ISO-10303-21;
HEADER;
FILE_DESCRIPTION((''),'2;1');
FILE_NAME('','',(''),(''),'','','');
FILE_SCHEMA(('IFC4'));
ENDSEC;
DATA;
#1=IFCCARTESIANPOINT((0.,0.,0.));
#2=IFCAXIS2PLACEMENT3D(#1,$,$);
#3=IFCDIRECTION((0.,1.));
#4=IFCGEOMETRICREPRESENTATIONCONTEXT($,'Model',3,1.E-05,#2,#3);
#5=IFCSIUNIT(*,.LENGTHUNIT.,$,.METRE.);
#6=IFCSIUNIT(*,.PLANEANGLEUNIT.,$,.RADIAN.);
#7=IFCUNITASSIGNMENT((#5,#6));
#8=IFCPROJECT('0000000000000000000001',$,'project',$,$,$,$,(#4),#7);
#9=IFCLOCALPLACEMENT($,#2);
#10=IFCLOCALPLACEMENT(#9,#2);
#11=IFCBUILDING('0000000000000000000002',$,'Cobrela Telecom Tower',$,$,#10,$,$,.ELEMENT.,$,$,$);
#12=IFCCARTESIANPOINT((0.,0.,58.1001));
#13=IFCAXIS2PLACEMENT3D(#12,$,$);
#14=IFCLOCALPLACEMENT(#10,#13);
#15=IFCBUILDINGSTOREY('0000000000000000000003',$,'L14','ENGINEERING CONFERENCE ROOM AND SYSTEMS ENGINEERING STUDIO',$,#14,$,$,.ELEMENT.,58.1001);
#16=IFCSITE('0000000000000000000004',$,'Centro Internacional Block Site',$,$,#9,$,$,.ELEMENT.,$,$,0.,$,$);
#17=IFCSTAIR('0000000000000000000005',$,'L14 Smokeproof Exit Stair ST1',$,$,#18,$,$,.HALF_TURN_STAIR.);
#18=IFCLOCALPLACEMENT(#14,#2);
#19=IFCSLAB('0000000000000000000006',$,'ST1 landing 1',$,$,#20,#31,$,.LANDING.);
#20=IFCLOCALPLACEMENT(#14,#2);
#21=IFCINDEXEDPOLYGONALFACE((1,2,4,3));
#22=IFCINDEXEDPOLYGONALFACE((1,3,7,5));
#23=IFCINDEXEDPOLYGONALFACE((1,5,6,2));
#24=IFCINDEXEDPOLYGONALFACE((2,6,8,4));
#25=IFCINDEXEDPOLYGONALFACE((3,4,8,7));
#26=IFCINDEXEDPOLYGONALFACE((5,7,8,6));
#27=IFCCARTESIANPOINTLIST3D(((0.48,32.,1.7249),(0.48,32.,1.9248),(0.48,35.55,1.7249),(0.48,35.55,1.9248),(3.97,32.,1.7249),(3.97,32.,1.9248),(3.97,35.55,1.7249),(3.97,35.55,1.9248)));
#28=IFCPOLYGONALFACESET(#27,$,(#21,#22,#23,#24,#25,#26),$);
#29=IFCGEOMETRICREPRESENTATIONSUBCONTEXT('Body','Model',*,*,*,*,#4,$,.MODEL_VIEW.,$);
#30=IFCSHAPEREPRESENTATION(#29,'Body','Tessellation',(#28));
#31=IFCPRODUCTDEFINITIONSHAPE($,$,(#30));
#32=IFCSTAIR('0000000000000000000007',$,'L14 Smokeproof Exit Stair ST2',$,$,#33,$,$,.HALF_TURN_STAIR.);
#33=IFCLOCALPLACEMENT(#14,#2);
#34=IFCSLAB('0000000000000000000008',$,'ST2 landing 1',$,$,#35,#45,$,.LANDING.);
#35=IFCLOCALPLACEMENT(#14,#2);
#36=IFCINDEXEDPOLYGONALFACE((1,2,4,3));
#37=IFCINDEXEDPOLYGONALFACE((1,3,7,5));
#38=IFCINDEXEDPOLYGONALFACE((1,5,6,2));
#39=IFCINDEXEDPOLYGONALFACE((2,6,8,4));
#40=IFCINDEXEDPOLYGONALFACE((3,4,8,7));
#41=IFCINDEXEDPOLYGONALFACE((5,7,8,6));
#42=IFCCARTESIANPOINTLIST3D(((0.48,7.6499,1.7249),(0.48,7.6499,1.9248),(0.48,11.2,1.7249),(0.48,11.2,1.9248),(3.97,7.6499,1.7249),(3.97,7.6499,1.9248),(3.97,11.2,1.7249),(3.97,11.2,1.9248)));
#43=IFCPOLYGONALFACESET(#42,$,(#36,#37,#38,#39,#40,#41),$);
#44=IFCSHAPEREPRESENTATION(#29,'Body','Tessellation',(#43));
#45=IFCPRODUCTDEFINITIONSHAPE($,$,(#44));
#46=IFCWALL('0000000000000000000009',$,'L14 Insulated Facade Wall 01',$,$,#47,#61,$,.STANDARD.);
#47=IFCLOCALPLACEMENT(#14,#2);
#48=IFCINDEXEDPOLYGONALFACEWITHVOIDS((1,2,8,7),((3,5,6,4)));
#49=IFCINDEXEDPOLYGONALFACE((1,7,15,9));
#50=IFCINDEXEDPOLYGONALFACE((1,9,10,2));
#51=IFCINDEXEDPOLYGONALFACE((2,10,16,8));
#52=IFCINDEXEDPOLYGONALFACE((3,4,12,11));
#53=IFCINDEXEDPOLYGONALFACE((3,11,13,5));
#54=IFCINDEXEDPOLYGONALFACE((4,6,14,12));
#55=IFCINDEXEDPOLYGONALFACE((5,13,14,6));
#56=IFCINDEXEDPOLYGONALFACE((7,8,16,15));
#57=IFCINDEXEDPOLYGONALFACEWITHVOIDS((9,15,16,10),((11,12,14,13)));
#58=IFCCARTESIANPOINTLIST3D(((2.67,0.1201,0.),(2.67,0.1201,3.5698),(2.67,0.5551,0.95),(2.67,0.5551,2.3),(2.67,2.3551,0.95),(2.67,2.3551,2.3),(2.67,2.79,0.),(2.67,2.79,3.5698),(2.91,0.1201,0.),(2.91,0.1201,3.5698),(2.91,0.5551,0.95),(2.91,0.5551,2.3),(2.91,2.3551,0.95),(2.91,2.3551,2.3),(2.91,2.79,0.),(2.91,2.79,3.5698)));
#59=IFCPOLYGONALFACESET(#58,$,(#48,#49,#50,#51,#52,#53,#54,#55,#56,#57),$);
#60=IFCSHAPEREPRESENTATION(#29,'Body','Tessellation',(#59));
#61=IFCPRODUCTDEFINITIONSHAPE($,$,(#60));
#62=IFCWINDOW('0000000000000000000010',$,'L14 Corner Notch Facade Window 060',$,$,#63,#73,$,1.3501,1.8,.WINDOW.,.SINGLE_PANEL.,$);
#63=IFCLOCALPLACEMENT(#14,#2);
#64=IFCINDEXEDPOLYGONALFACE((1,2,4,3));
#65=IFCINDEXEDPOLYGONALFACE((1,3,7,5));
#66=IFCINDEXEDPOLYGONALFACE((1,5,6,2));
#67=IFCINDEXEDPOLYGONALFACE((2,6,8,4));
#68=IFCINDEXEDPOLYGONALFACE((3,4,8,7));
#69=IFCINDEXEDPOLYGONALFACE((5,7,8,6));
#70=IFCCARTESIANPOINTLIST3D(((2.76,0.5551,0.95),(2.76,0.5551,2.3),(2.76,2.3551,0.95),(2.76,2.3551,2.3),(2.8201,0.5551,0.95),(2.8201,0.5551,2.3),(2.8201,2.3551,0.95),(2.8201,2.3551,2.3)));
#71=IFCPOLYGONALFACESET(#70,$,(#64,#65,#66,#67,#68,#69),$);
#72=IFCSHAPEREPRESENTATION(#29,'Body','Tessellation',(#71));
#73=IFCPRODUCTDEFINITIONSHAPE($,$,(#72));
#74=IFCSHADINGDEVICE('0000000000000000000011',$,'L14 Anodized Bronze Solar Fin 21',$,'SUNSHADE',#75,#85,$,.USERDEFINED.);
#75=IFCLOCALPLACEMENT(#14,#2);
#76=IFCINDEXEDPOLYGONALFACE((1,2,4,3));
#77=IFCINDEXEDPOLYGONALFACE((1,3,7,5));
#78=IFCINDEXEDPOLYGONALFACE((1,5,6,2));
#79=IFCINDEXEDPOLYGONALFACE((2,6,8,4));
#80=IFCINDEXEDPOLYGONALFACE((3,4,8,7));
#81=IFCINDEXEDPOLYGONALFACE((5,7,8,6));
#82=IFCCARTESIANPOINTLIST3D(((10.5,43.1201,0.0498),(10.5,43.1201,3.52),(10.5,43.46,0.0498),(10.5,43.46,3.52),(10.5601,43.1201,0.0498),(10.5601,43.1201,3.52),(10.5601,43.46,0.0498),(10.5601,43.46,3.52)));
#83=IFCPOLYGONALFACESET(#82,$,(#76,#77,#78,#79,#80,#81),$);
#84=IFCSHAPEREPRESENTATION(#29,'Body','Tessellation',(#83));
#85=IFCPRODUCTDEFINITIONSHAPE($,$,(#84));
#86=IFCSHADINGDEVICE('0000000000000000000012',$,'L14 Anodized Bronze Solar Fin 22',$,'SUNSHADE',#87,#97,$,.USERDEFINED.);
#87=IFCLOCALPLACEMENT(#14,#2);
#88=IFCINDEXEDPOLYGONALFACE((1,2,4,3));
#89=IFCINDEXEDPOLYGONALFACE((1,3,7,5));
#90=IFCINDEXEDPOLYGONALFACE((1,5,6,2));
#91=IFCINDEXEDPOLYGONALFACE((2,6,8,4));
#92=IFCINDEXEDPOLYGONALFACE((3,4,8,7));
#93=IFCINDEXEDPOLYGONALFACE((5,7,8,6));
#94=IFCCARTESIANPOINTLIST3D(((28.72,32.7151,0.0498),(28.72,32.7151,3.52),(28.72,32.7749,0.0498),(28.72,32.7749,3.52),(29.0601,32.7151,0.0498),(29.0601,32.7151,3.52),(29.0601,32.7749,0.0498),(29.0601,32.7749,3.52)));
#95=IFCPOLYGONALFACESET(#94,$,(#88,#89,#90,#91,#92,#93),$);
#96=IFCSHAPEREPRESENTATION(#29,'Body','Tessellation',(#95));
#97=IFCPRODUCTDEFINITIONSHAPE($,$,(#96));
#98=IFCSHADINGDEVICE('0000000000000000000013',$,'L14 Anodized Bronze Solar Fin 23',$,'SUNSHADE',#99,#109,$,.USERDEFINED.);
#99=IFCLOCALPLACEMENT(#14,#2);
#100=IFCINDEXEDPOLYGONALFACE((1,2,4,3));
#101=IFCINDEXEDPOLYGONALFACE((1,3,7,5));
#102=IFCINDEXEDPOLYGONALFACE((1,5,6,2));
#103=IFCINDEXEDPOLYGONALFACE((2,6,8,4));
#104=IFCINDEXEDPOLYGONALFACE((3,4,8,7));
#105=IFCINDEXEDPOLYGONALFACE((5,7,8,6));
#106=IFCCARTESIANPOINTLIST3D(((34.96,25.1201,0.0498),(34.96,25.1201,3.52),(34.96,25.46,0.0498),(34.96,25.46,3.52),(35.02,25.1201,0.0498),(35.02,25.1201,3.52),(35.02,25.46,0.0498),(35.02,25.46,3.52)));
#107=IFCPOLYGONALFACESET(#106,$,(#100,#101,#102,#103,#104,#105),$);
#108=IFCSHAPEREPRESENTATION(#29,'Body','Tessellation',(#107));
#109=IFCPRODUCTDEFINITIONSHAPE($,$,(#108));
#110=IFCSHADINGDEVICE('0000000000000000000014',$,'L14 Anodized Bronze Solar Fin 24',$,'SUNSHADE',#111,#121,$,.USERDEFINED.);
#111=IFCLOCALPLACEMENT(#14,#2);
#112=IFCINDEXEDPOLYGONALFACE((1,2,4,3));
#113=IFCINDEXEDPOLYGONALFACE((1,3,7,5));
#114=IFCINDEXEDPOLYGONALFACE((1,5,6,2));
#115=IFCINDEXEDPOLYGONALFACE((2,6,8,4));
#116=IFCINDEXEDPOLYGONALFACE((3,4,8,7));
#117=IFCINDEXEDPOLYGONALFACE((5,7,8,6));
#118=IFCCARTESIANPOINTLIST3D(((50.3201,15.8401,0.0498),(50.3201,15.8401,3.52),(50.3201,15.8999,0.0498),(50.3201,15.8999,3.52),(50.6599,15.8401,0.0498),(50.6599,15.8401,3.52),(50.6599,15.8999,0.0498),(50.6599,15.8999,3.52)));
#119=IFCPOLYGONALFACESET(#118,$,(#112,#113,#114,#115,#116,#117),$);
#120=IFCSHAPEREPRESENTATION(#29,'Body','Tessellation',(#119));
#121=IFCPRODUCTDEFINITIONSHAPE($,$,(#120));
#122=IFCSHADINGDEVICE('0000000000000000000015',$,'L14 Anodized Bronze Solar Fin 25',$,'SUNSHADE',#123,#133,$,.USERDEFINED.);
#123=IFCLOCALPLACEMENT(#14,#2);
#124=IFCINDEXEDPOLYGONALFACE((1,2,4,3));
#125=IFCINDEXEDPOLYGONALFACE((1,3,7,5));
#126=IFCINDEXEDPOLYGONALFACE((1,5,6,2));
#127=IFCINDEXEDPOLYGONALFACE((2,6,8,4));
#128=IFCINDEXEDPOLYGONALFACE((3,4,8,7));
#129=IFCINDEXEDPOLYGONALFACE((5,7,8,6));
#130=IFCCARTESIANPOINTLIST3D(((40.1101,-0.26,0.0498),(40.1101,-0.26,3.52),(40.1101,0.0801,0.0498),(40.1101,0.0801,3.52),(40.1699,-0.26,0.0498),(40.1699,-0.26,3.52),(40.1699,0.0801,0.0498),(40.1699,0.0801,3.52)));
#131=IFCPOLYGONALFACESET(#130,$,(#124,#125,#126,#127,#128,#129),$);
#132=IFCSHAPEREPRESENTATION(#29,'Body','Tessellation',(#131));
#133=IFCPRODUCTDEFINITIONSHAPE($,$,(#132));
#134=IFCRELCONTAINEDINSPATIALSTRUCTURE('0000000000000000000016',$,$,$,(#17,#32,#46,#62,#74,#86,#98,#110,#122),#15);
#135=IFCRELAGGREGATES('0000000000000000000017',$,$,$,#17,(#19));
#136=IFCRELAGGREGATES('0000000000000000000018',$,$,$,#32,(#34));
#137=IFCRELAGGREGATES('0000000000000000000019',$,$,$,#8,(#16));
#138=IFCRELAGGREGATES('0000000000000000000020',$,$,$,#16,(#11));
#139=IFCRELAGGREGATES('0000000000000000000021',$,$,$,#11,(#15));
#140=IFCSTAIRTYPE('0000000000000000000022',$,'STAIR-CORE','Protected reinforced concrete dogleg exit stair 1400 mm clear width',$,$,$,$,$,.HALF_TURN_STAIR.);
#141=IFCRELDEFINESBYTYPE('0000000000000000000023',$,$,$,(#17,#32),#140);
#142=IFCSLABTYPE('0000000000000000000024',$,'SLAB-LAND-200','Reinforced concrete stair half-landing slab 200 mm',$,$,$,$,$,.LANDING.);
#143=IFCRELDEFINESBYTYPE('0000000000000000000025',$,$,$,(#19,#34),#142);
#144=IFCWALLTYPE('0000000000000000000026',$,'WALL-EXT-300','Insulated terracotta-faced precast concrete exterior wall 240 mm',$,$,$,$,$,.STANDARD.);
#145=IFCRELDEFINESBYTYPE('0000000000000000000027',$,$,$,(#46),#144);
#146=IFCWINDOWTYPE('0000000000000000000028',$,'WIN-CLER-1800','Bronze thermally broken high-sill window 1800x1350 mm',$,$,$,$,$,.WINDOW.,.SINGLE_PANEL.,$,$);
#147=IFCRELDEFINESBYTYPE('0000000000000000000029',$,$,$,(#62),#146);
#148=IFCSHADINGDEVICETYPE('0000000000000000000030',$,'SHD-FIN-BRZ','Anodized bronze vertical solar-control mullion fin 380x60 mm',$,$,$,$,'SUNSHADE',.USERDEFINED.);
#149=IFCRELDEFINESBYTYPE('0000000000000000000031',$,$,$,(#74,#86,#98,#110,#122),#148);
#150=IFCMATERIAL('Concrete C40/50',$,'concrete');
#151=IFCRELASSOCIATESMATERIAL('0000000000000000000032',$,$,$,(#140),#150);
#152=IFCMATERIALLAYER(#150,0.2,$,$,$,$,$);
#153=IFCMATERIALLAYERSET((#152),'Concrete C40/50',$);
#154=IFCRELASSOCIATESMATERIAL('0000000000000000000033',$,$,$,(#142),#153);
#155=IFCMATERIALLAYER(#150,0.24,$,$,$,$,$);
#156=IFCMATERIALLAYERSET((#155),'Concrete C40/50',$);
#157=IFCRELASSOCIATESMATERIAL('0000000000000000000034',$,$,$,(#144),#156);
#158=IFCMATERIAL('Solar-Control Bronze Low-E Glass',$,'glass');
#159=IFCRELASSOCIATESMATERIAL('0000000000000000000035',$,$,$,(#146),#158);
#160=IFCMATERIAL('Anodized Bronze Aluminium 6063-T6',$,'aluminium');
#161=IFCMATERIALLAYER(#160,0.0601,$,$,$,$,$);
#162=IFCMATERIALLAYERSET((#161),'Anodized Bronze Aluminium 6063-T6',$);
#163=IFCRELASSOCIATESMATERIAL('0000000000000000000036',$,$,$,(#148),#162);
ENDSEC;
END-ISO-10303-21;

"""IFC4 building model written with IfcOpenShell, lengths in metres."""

from ifc_helpers import new_model, si_unit, direction, frame, frame_2d, origin, place, context, subcontext, project, spatial, polyline, rectangle, outline, extrude, material, layer, layer_set, type_object, element, fill, aggregate, save


model = new_model("IFC4")

# Units and contexts
model_context = context("Model", 3, precision=1e-05, world=origin(), true_north=direction((0.0, 1.0)))
body_context = subcontext(model_context, "Body", "Model", "MODEL_VIEW")
ifc_project = project(units=[si_unit("LENGTHUNIT", "METRE"), si_unit("PLANEANGLEUNIT", "RADIAN")], contexts=[model_context])

# Site, building, storey
site_placement = place(None, origin())
site = spatial("IfcSite", under=ifc_project, at=site_placement, Name="Centro Internacional Block Site", CompositionType="ELEMENT", RefElevation=0.0)
building_placement = place(site_placement, origin())
building = spatial("IfcBuilding", under=site, at=building_placement, Name="Cobrela Telecom Tower", CompositionType="ELEMENT")
storey_placement = place(building_placement, frame((0.0, 0.0, 58.1001)))
storey = spatial("IfcBuildingStorey", under=building, at=storey_placement, Name="L14", Description="ENGINEERING CONFERENCE ROOM AND SYSTEMS ENGINEERING STUDIO", CompositionType="ELEMENT", Elevation=58.1001)

# Shared definitions
ifc_material_1 = material(Name="Anodized Bronze Aluminium 6063-T6", Category="aluminium")

# Shared definitions
ifc_material_2 = material(Name="Concrete C40/50", Category="concrete")

# Stairs, slabs
stair_type = type_object("IfcStairType", Name="STAIR-CORE", Description="Protected reinforced concrete dogleg exit stair 1400 mm clear width", PredefinedType="HALF_TURN_STAIR", material=ifc_material_2)
stair_1_placement = place(storey_placement, origin())
stair_1 = element("IfcStair", 1, at=stair_1_placement, inside=storey, type_object=stair_type, Name="L14 Smokeproof Exit Stair ST1", PredefinedType="HALF_TURN_STAIR")
ifc_layer_1 = layer(ifc_material_2, 0.2)
ifc_layer_set_1 = layer_set([ifc_layer_1], Name="Concrete C40/50")
slab_type_1 = type_object("IfcSlabType", Name="SLAB-LAND-200", Description="Reinforced concrete stair half-landing slab 200 mm", PredefinedType="LANDING", material=ifc_layer_set_1)
slab_1_placement = place(storey_placement, frame((0.0, 0.0, 1.7249)))
slab_1 = element("IfcSlab", 2, at=slab_1_placement, type_object=slab_type_1, Name="ST1 landing 1", PredefinedType="LANDING", context=body_context, shape_type="SweptSolid", body=[
    extrude(outline(polyline([(3.97, 35.55), (0.48, 35.55), (0.48, 32.0), (3.97, 32.0), (3.97, 35.55)])), origin(), (0.0, 0.0, 1.0), 0.2),
])
aggregate(stair_1, [slab_1])
stair_2_placement = place(storey_placement, origin())
stair_2 = element("IfcStair", 3, at=stair_2_placement, inside=storey, type_object=stair_type, Name="L14 Smokeproof Exit Stair ST2", PredefinedType="HALF_TURN_STAIR")
slab_2_placement = place(storey_placement, frame((0.0, 0.0, 1.7249)))
slab_2 = element("IfcSlab", 4, at=slab_2_placement, type_object=slab_type_1, Name="ST2 landing 1", PredefinedType="LANDING", context=body_context, shape_type="SweptSolid", body=[
    extrude(outline(polyline([(3.97, 11.2), (0.48, 11.2), (0.48, 7.6499), (3.97, 7.6499), (3.97, 11.2)])), origin(), (0.0, 0.0, 1.0), 0.2),
])
aggregate(stair_2, [slab_2])

# Wall, opening, window
ifc_layer_2 = layer(ifc_material_2, 0.24)
ifc_layer_set_2 = layer_set([ifc_layer_2], Name="Concrete C40/50")
wall_type = type_object("IfcWallType", Name="WALL-EXT-300", Description="Insulated terracotta-faced precast concrete exterior wall 240 mm", PredefinedType="STANDARD", material=ifc_layer_set_2)
wall_placement = place(storey_placement, frame((2.79, 0.1201, 0.0), z_axis=(0.0, 0.0, 1.0), x_axis=(0.0, 1.0, 0.0)))
wall = element("IfcWall", 5, at=wall_placement, inside=storey, type_object=wall_type, Name="L14 Insulated Facade Wall 01", PredefinedType="STANDARD", context=body_context, shape_type="SweptSolid", body=[
    extrude(rectangle(XDim=2.6699, YDim=0.24, at=frame_2d((1.335, 0.0))), origin(), (0.0, 0.0, 1.0), 3.5698),
])
opening_1_placement = place(wall_placement, frame((0.4351, 0.0, 0.95)))
opening_1 = element("IfcOpeningElement", 6, at=opening_1_placement, cuts=wall, PredefinedType="OPENING", context=body_context, shape_type="SweptSolid", body=[
    extrude(rectangle(XDim=1.8, YDim=1.3501, at=frame_2d((0.8999, 0.675))), frame((0.0, 0.1318, 0.0), z_axis=(0.0, -1.0, 0.0), x_axis=(1.0, 0.0, 0.0)), (0.0, 0.0, 1.0), 0.2639),
])
ifc_material_3 = material(Name="Solar-Control Bronze Low-E Glass", Category="glass")
window_type = type_object("IfcWindowType", Name="WIN-CLER-1800", Description="Bronze thermally broken high-sill window 1800x1350 mm", PartitioningType="SINGLE_PANEL", PredefinedType="WINDOW", material=ifc_material_3)
window_placement = place(opening_1_placement, origin())
window = element("IfcWindow", 7, at=window_placement, inside=storey, type_object=window_type, Name="L14 Corner Notch Facade Window 060", OverallHeight=1.3501, OverallWidth=1.8, PartitioningType="SINGLE_PANEL", PredefinedType="WINDOW", context=body_context, shape_type="SweptSolid", body=[
    extrude(rectangle(XDim=1.8, YDim=1.3501, at=frame_2d((0.8999, 0.675))), frame((0.0, 0.03, 0.0), z_axis=(0.0, -1.0, 0.0), x_axis=(1.0, 0.0, 0.0)), (0.0, 0.0, 1.0), 0.0601),
])
fill(opening_1, window)

# Shading devices
ifc_layer_3 = layer(ifc_material_1, 0.0601)
ifc_layer_set_3 = layer_set([ifc_layer_3], Name="Anodized Bronze Aluminium 6063-T6")
shading_device_type = type_object("IfcShadingDeviceType", Name="SHD-FIN-BRZ", Description="Anodized bronze vertical solar-control mullion fin 380x60 mm", ElementType="SUNSHADE", PredefinedType="USERDEFINED", material=ifc_layer_set_3)
shading_device_1_placement = place(storey_placement, frame((0.0, 0.0, 0.0498)))
element("IfcShadingDevice", 8, at=shading_device_1_placement, inside=storey, type_object=shading_device_type, Name="L14 Anodized Bronze Solar Fin 21", ObjectType="SUNSHADE", PredefinedType="USERDEFINED", context=body_context, shape_type="SweptSolid", body=[
    extrude(outline(polyline([(10.5, 43.1201), (10.5601, 43.1201), (10.5601, 43.46), (10.5, 43.46), (10.5, 43.1201)])), origin(), (0.0, 0.0, 1.0), 3.4702),
])
shading_device_2_placement = place(storey_placement, frame((0.0, 0.0, 0.0498)))
element("IfcShadingDevice", 9, at=shading_device_2_placement, inside=storey, type_object=shading_device_type, Name="L14 Anodized Bronze Solar Fin 22", ObjectType="SUNSHADE", PredefinedType="USERDEFINED", context=body_context, shape_type="SweptSolid", body=[
    extrude(outline(polyline([(28.72, 32.7749), (28.72, 32.7151), (29.0601, 32.7151), (29.0601, 32.7749), (28.72, 32.7749)])), origin(), (0.0, 0.0, 1.0), 3.4702),
])
shading_device_3_placement = place(storey_placement, frame((0.0, 0.0, 0.0498)))
element("IfcShadingDevice", 10, at=shading_device_3_placement, inside=storey, type_object=shading_device_type, Name="L14 Anodized Bronze Solar Fin 23", ObjectType="SUNSHADE", PredefinedType="USERDEFINED", context=body_context, shape_type="SweptSolid", body=[
    extrude(outline(polyline([(34.96, 25.1201), (35.02, 25.1201), (35.02, 25.46), (34.96, 25.46), (34.96, 25.1201)])), origin(), (0.0, 0.0, 1.0), 3.4702),
])
shading_device_4_placement = place(storey_placement, frame((0.0, 0.0, 0.0498)))
element("IfcShadingDevice", 11, at=shading_device_4_placement, inside=storey, type_object=shading_device_type, Name="L14 Anodized Bronze Solar Fin 24", ObjectType="SUNSHADE", PredefinedType="USERDEFINED", context=body_context, shape_type="SweptSolid", body=[
    extrude(outline(polyline([(50.3201, 15.8999), (50.3201, 15.8401), (50.6599, 15.8401), (50.6599, 15.8999), (50.3201, 15.8999)])), origin(), (0.0, 0.0, 1.0), 3.4702),
])
shading_device_5_placement = place(storey_placement, frame((0.0, 0.0, 0.0498)))
element("IfcShadingDevice", 12, at=shading_device_5_placement, inside=storey, type_object=shading_device_type, Name="L14 Anodized Bronze Solar Fin 25", ObjectType="SUNSHADE", PredefinedType="USERDEFINED", context=body_context, shape_type="SweptSolid", body=[
    extrude(outline(polyline([(40.1699, 0.0801), (40.1101, 0.0801), (40.1101, -0.26), (40.1699, -0.26), (40.1699, 0.0801)])), origin(), (0.0, 0.0, 1.0), 3.4702),
])

save(model, "model.ifc")
